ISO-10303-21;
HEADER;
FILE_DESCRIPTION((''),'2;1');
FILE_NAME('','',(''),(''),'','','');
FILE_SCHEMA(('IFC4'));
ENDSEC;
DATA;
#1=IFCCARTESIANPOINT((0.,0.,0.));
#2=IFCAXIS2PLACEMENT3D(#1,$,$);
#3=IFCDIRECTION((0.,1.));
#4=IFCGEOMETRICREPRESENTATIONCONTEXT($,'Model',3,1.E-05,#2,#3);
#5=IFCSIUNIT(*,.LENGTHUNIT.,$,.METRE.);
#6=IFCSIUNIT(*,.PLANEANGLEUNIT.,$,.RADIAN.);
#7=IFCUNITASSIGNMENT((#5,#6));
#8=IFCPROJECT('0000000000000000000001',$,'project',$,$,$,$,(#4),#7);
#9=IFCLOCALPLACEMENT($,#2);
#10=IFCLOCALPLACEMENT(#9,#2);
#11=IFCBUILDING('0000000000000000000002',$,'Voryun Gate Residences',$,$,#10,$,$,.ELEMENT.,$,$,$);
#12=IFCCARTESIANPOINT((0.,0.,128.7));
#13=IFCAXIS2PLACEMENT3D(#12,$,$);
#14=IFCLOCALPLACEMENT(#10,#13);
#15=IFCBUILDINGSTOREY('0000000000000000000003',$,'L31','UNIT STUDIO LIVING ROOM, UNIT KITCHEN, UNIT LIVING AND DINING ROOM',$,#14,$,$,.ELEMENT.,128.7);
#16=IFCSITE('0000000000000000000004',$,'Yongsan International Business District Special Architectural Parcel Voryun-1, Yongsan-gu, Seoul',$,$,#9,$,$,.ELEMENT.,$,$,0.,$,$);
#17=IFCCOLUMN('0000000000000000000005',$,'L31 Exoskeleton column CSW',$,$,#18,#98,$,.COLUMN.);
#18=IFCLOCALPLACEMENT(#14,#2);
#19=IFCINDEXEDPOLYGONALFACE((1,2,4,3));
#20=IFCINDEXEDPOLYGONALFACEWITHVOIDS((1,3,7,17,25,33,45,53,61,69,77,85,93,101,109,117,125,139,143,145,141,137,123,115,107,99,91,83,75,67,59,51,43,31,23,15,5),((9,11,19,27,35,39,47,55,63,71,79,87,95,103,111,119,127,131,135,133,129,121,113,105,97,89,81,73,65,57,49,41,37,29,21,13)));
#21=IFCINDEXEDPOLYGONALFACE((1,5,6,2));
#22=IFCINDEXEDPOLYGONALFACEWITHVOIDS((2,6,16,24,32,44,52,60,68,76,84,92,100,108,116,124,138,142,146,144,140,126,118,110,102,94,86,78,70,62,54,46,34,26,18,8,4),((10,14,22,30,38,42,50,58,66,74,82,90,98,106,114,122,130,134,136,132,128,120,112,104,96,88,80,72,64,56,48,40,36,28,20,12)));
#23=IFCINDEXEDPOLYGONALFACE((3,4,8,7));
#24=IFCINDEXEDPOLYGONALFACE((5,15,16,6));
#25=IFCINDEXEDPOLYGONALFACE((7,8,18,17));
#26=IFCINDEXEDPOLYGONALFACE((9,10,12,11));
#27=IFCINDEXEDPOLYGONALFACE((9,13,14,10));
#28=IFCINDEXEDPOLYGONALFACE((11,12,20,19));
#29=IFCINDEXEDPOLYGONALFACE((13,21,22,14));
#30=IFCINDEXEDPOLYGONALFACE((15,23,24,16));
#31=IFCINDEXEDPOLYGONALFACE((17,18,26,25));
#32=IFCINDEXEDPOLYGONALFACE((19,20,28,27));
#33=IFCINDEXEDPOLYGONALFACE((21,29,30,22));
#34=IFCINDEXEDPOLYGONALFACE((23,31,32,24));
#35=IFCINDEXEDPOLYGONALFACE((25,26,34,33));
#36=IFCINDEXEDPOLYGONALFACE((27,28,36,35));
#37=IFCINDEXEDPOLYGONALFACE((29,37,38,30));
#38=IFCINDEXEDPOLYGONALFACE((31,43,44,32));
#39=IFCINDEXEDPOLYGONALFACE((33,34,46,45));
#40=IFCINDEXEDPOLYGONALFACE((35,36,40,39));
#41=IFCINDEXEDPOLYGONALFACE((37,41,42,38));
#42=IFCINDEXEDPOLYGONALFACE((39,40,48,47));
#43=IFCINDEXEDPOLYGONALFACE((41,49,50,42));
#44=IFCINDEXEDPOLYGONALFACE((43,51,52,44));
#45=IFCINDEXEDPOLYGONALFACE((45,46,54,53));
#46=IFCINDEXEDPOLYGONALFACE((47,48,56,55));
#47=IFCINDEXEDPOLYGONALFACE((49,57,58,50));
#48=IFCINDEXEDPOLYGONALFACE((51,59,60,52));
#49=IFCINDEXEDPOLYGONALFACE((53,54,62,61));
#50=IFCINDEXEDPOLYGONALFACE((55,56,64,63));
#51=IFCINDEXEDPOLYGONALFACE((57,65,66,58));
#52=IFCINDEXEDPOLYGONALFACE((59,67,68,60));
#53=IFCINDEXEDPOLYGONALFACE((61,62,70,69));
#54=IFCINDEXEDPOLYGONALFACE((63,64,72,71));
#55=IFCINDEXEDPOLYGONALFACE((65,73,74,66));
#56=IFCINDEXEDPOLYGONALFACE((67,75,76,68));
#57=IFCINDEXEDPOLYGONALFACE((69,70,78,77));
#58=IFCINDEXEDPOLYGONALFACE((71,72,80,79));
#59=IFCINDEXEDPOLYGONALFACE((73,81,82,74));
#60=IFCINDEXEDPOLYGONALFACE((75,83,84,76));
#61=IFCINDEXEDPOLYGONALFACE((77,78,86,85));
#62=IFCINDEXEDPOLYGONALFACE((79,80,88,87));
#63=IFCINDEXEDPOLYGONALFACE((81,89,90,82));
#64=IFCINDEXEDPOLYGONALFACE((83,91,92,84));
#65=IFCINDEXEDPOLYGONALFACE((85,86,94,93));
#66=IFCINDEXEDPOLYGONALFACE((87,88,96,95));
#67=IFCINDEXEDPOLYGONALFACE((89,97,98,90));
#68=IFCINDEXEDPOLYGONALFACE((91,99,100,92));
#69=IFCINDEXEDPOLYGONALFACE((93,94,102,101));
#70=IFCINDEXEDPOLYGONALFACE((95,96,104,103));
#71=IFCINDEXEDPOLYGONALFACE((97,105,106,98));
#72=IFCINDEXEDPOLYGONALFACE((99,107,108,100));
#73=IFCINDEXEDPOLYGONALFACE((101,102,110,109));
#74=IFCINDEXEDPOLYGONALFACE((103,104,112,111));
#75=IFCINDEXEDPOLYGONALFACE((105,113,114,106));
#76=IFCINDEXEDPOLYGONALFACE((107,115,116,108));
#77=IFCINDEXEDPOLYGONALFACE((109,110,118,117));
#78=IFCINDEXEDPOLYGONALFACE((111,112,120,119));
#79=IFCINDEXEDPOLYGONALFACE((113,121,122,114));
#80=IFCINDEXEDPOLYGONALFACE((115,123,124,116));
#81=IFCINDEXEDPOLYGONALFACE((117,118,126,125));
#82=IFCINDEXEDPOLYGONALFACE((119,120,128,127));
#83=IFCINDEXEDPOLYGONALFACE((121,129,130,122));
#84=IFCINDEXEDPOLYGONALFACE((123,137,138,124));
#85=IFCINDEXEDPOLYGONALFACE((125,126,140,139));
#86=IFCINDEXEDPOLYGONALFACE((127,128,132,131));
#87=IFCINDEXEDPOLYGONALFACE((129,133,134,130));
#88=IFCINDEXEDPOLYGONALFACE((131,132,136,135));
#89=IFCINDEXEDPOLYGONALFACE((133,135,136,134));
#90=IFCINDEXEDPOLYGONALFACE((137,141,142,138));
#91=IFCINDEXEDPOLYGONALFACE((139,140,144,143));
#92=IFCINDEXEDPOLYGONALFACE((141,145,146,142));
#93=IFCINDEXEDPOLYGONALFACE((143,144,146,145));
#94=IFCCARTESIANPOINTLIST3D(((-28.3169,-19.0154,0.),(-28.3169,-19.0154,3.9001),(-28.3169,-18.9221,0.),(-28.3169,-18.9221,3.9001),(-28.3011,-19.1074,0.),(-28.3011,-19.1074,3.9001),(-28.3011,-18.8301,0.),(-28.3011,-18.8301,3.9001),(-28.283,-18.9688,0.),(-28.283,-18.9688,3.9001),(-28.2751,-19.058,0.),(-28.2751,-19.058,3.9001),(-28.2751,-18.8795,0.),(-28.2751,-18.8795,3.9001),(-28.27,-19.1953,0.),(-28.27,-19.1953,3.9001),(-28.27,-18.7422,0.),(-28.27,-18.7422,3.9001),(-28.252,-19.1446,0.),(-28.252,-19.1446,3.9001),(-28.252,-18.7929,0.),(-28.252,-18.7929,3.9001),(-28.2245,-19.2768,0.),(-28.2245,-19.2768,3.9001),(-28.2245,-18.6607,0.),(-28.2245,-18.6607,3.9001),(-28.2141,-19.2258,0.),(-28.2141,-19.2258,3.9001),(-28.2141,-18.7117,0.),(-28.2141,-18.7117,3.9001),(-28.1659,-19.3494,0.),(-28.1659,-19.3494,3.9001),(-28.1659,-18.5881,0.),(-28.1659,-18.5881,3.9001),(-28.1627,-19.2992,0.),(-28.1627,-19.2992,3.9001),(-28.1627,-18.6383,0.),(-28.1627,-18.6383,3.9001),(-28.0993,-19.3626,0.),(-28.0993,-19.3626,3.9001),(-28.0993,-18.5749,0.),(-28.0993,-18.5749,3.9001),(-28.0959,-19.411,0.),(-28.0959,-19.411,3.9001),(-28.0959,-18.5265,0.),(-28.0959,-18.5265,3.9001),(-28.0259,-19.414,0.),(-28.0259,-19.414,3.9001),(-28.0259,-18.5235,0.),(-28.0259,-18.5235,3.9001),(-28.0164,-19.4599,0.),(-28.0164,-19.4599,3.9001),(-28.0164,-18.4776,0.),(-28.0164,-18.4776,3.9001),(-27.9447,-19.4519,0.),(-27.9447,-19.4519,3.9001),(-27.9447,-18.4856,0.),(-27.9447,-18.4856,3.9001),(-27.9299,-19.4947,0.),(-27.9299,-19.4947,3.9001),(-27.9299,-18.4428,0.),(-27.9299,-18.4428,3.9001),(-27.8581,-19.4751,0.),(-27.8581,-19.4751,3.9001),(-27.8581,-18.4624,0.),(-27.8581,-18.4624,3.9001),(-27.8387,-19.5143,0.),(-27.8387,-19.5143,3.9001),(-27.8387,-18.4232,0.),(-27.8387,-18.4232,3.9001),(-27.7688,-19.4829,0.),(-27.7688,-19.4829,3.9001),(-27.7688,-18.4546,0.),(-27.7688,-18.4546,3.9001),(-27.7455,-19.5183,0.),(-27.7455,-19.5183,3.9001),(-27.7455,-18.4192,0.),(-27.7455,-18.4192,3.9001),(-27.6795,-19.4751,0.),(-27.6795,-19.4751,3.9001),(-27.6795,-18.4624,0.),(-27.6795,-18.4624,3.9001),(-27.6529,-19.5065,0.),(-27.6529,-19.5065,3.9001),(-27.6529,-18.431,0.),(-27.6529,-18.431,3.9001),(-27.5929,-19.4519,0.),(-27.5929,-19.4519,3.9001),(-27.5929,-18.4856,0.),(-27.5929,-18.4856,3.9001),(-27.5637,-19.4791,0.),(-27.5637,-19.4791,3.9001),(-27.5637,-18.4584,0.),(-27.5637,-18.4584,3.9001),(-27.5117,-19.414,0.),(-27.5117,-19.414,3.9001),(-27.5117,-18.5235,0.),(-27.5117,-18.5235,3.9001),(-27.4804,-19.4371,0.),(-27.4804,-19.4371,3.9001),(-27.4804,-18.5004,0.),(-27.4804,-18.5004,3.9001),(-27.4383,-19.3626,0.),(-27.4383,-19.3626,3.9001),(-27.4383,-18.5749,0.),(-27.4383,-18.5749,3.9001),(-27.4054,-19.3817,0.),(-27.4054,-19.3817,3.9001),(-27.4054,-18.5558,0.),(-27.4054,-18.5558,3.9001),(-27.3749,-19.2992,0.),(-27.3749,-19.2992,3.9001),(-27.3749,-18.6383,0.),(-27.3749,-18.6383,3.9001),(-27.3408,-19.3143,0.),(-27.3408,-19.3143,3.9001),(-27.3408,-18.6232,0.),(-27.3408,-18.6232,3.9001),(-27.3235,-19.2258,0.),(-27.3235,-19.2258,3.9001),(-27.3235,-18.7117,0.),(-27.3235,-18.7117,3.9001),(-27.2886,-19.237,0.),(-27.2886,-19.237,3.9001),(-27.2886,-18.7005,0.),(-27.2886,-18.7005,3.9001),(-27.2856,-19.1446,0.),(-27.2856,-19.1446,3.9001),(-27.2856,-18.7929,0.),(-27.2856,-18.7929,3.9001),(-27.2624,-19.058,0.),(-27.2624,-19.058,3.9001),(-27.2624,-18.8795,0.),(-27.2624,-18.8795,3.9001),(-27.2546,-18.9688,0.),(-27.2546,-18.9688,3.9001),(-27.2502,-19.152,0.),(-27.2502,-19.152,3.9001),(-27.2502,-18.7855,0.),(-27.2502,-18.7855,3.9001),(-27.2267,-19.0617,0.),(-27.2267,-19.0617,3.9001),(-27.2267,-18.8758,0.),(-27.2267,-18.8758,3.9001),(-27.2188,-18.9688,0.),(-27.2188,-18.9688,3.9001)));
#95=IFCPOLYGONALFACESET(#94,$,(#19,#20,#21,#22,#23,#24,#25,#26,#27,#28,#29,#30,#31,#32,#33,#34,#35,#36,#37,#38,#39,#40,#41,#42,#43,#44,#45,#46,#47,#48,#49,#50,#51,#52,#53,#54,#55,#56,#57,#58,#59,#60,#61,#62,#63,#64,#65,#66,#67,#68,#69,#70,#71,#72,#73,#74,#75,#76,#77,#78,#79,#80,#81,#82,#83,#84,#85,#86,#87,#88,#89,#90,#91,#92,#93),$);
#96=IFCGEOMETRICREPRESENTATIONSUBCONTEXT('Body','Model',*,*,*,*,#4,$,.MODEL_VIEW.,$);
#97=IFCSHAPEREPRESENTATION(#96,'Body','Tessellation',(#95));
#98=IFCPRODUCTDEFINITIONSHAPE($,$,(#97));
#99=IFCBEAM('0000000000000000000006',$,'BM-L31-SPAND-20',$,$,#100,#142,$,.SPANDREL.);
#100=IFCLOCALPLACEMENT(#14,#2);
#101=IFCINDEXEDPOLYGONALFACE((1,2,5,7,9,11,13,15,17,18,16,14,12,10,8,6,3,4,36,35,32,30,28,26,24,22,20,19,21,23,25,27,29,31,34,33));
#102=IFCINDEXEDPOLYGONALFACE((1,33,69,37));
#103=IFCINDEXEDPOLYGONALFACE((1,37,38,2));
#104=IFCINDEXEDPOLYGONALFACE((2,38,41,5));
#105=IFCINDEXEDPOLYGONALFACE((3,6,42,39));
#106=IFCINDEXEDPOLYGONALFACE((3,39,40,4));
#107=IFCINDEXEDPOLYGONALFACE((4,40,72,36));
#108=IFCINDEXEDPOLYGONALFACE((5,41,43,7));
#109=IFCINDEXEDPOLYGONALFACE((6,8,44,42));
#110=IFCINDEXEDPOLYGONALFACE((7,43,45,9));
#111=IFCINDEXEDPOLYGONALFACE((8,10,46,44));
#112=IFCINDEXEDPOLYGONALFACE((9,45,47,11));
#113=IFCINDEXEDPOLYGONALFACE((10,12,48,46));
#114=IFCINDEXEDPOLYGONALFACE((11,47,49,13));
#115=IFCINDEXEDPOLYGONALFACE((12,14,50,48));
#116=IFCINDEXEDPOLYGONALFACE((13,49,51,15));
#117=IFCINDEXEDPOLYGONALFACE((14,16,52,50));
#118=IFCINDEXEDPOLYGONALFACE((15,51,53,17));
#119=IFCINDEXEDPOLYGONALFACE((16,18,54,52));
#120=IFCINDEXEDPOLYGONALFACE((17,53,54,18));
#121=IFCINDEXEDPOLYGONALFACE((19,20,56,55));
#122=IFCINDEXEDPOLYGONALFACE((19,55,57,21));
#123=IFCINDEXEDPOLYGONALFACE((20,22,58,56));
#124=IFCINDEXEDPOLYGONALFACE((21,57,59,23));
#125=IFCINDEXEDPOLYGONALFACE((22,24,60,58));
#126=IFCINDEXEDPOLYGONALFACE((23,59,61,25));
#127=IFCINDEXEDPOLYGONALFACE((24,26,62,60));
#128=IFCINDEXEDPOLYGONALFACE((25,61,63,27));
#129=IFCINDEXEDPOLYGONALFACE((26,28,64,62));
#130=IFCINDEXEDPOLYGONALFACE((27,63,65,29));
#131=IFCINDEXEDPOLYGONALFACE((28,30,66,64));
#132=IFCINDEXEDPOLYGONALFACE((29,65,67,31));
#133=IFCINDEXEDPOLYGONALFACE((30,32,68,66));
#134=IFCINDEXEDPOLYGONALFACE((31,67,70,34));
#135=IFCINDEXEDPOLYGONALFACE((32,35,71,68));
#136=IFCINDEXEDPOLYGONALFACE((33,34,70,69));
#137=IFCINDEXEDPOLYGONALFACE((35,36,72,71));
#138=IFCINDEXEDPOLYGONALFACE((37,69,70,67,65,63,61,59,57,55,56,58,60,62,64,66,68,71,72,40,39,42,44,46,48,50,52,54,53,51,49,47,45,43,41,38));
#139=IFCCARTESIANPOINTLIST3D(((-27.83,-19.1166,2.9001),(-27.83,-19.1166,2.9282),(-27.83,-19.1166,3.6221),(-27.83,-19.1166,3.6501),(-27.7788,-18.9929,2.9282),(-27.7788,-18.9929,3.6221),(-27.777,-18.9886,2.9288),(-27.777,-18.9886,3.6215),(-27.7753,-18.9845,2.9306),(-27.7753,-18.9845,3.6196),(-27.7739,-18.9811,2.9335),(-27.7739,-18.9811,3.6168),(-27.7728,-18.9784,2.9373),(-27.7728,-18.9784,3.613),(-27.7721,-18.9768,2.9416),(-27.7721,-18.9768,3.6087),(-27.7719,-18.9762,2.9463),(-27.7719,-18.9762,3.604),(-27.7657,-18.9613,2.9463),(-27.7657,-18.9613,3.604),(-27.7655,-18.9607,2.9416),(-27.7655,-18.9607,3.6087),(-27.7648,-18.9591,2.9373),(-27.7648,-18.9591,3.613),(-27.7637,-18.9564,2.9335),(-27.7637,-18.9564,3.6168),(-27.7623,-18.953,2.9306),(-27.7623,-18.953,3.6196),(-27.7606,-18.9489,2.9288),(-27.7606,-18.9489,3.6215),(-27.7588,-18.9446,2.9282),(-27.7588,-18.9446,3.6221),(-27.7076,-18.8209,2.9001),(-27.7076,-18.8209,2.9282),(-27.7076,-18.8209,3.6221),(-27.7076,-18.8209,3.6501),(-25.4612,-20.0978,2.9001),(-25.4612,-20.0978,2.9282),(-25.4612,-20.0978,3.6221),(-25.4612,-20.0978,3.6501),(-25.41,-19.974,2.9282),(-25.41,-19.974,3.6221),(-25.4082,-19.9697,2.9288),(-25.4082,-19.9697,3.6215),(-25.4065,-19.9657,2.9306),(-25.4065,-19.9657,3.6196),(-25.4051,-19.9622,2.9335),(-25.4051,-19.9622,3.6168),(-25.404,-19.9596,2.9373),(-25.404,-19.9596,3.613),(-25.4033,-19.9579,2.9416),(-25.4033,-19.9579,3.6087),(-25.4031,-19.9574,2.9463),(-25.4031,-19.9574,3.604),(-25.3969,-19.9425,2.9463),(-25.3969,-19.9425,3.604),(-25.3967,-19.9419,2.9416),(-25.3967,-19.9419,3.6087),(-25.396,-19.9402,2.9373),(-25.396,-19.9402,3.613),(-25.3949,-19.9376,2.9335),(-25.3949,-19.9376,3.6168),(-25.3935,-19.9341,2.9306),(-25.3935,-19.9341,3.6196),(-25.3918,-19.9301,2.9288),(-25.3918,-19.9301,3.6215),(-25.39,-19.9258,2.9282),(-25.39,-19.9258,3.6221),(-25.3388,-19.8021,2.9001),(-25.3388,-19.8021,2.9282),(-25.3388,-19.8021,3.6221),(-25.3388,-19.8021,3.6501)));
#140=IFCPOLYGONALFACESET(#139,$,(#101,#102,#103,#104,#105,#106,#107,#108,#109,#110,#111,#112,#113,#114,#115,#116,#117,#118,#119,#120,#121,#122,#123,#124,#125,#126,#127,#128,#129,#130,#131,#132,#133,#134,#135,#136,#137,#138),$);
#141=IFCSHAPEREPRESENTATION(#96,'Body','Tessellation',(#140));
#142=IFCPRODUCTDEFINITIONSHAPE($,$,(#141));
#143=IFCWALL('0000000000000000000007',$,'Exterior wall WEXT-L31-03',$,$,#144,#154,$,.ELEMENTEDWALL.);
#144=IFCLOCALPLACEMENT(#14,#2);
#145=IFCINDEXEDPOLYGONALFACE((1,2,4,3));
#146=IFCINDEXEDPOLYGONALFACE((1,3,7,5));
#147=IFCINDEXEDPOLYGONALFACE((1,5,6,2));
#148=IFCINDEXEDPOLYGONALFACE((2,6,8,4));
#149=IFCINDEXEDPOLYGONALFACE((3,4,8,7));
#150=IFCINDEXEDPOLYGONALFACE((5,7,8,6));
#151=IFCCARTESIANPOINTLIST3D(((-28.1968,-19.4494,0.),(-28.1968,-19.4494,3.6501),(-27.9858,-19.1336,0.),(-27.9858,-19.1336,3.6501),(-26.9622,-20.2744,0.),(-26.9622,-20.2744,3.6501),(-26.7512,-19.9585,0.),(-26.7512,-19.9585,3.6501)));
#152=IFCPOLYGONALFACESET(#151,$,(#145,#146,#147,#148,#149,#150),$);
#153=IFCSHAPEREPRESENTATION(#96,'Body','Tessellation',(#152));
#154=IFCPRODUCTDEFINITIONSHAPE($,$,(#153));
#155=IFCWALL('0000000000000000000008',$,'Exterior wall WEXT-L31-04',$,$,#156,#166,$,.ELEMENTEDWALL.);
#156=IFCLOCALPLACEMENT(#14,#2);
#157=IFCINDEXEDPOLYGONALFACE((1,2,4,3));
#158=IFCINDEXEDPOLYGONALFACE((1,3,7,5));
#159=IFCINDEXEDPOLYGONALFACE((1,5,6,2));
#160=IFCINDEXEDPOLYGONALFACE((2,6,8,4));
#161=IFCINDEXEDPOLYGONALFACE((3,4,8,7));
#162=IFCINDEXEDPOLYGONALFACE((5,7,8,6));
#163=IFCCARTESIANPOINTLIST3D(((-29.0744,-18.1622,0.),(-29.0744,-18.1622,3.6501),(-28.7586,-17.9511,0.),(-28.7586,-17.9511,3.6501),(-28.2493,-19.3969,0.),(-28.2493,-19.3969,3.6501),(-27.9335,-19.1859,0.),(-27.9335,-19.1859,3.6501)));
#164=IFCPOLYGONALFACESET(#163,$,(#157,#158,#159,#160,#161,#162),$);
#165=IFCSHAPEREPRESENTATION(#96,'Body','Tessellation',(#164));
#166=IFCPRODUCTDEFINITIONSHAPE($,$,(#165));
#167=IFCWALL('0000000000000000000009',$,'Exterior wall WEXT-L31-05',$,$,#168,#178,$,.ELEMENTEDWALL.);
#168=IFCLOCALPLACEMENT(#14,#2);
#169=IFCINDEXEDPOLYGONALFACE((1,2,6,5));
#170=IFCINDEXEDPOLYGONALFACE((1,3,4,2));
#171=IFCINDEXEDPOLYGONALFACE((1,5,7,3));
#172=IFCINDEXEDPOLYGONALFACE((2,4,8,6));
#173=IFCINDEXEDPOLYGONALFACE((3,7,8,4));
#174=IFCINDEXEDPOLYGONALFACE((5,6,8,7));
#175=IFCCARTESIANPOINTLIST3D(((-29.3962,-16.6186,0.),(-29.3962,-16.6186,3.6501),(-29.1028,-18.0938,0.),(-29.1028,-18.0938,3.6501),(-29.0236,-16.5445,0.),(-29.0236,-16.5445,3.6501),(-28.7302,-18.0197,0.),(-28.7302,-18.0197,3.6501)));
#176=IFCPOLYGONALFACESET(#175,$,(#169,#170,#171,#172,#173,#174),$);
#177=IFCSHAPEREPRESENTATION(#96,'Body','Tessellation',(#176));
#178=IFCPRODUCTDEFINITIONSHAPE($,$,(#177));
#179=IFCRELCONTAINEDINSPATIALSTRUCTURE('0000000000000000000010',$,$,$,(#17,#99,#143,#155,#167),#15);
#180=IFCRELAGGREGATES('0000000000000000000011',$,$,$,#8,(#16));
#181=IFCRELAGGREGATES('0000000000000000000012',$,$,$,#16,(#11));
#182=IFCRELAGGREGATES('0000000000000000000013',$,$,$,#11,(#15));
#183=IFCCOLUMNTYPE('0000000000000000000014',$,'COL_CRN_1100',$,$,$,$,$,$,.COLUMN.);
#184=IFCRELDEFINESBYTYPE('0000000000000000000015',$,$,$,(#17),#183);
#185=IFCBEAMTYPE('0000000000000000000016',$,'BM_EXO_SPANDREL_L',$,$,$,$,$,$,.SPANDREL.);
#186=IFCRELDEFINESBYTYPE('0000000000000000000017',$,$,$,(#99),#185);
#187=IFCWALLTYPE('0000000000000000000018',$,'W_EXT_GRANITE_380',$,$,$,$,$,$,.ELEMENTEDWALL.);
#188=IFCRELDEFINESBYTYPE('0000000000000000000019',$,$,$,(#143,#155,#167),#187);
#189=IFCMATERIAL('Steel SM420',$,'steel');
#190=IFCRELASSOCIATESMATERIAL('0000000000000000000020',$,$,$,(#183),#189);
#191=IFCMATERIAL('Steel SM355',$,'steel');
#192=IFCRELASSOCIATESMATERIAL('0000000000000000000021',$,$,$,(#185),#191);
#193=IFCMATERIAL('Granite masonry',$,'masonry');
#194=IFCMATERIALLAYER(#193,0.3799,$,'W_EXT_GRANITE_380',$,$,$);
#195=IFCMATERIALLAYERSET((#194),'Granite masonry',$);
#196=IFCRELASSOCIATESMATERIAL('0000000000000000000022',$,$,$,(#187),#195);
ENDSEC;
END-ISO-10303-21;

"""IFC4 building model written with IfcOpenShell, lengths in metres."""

from ifc_helpers import new_model, si_unit, direction, frame, frame_2d, origin, origin_2d, place, context, subcontext, project, spatial, rectangle, hollow_circle, i_section, extrude, material, layer, layer_set, material_profile, profile_set, type_object, element, save


model = new_model("IFC4")

# Units and contexts
model_context = context("Model", 3, precision=1e-05, world=origin(), true_north=direction((0.0, 1.0)))
body_context = subcontext(model_context, "Body", "Model", "MODEL_VIEW")
ifc_project = project(units=[si_unit("LENGTHUNIT", "METRE"), si_unit("PLANEANGLEUNIT", "RADIAN")], contexts=[model_context])

# Site, building, storey
site_placement = place(None, origin())
site = spatial("IfcSite", under=ifc_project, at=site_placement, Name="Yongsan International Business District Special Architectural Parcel Voryun-1, Yongsan-gu, Seoul", CompositionType="ELEMENT", RefElevation=0.0)
building_placement = place(site_placement, origin())
building = spatial("IfcBuilding", under=site, at=building_placement, Name="Voryun Gate Residences", CompositionType="ELEMENT")
storey_placement = place(building_placement, frame((0.0, 0.0, 128.7)))
storey = spatial("IfcBuildingStorey", under=building, at=storey_placement, Name="L31", Description="UNIT STUDIO LIVING ROOM, UNIT KITCHEN, UNIT LIVING AND DINING ROOM", CompositionType="ELEMENT", Elevation=128.7)

# Column
ifc_material_1 = material(Name="Steel SM420", Category="steel")
ifc_material_profile_1 = material_profile(ifc_material_1, hollow_circle(Radius=0.55, WallThickness=0.0359, at=origin_2d()), Name="CHS-1100x36")
ifc_profile_set_1 = profile_set([ifc_material_profile_1], Name="Steel SM420")
column_type = type_object("IfcColumnType", Name="COL_CRN_1100", PredefinedType="COLUMN", material=ifc_profile_set_1)
column_placement = place(storey_placement, frame((-27.7688, -18.9688, 0.0), z_axis=(0.0, 0.0, 1.0), x_axis=(1.0, 0.0, 0.0)))
element("IfcColumn", 1, at=column_placement, inside=storey, type_object=column_type, Name="L31 Exoskeleton column CSW", PredefinedType="COLUMN", context=body_context, shape_type="SweptSolid", body=[
    extrude(hollow_circle(Radius=0.55, WallThickness=0.0359, at=origin_2d()), origin(), (0.0, 0.0, 1.0), 3.9001),
])

# Beam
ifc_material_2 = material(Name="Steel SM355", Category="steel")
ifc_material_profile_2 = material_profile(ifc_material_2, i_section(OverallWidth=0.3201, OverallDepth=0.75, WebThickness=0.0161, FlangeThickness=0.0281, FilletRadius=0.0181, at=origin_2d()), Name="H-750x320x16x28")
ifc_profile_set_2 = profile_set([ifc_material_profile_2], Name="Steel SM355")
beam_type = type_object("IfcBeamType", Name="BM_EXO_SPANDREL_L", PredefinedType="SPANDREL", material=ifc_profile_set_2)
beam_placement = place(storey_placement, frame((-27.7688, -18.9688, 3.2751), z_axis=(0.923883, -0.382674, 0.0), x_axis=(0.382674, 0.923883, 0.0)))
element("IfcBeam", 2, at=beam_placement, inside=storey, type_object=beam_type, Name="BM-L31-SPAND-20", PredefinedType="SPANDREL", context=body_context, shape_type="SweptSolid", body=[
    extrude(i_section(OverallWidth=0.3201, OverallDepth=0.75, WebThickness=0.0161, FlangeThickness=0.0281, FilletRadius=0.0181, at=origin_2d()), origin(), (0.0, 0.0, 1.0), 2.564),
])

# Walls
ifc_material_3 = material(Name="Granite masonry", Category="masonry")
ifc_layer_1 = layer(ifc_material_3, 0.3799, Name="W_EXT_GRANITE_380")
ifc_layer_set_1 = layer_set([ifc_layer_1], Name="Granite masonry")
wall_type_1 = type_object("IfcWallType", Name="W_EXT_GRANITE_380", PredefinedType="ELEMENTEDWALL", material=ifc_layer_set_1)
wall_1_placement = place(storey_placement, frame((-26.8567, -20.1165, 0.0), z_axis=(0.0, 0.0, 1.0), x_axis=(-0.831468, 0.555573, 0.0)))
element("IfcWall", 3, at=wall_1_placement, inside=storey, type_object=wall_type_1, Name="Exterior wall WEXT-L31-03", PredefinedType="ELEMENTEDWALL", context=body_context, shape_type="SweptSolid", body=[
    extrude(rectangle(XDim=1.4849, YDim=0.3799, at=frame_2d((0.7424, 0.0))), origin(), (0.0, 0.0, 1.0), 3.6501),
])
wall_2_placement = place(storey_placement, frame((-28.0913, -19.2915, 0.0), z_axis=(0.0, 0.0, 1.0), x_axis=(-0.55561, 0.831443, 0.0)))
element("IfcWall", 4, at=wall_2_placement, inside=storey, type_object=wall_type_1, Name="Exterior wall WEXT-L31-04", PredefinedType="ELEMENTEDWALL", context=body_context, shape_type="SweptSolid", body=[
    extrude(rectangle(XDim=1.4851, YDim=0.3799, at=frame_2d((0.7427, 0.0))), origin(), (0.0, 0.0, 1.0), 3.6501),
])
wall_3_placement = place(storey_placement, frame((-28.9165, -18.0566, 0.0), z_axis=(0.0, 0.0, 1.0), x_axis=(-0.195086, 0.980786, 0.0)))
element("IfcWall", 5, at=wall_3_placement, inside=storey, type_object=wall_type_1, Name="Exterior wall WEXT-L31-05", PredefinedType="ELEMENTEDWALL", context=body_context, shape_type="SweptSolid", body=[
    extrude(rectangle(XDim=1.5042, YDim=0.3799, at=frame_2d((0.752, 0.0))), origin(), (0.0, 0.0, 1.0), 3.6501),
])

save(model, "model.ifc")
